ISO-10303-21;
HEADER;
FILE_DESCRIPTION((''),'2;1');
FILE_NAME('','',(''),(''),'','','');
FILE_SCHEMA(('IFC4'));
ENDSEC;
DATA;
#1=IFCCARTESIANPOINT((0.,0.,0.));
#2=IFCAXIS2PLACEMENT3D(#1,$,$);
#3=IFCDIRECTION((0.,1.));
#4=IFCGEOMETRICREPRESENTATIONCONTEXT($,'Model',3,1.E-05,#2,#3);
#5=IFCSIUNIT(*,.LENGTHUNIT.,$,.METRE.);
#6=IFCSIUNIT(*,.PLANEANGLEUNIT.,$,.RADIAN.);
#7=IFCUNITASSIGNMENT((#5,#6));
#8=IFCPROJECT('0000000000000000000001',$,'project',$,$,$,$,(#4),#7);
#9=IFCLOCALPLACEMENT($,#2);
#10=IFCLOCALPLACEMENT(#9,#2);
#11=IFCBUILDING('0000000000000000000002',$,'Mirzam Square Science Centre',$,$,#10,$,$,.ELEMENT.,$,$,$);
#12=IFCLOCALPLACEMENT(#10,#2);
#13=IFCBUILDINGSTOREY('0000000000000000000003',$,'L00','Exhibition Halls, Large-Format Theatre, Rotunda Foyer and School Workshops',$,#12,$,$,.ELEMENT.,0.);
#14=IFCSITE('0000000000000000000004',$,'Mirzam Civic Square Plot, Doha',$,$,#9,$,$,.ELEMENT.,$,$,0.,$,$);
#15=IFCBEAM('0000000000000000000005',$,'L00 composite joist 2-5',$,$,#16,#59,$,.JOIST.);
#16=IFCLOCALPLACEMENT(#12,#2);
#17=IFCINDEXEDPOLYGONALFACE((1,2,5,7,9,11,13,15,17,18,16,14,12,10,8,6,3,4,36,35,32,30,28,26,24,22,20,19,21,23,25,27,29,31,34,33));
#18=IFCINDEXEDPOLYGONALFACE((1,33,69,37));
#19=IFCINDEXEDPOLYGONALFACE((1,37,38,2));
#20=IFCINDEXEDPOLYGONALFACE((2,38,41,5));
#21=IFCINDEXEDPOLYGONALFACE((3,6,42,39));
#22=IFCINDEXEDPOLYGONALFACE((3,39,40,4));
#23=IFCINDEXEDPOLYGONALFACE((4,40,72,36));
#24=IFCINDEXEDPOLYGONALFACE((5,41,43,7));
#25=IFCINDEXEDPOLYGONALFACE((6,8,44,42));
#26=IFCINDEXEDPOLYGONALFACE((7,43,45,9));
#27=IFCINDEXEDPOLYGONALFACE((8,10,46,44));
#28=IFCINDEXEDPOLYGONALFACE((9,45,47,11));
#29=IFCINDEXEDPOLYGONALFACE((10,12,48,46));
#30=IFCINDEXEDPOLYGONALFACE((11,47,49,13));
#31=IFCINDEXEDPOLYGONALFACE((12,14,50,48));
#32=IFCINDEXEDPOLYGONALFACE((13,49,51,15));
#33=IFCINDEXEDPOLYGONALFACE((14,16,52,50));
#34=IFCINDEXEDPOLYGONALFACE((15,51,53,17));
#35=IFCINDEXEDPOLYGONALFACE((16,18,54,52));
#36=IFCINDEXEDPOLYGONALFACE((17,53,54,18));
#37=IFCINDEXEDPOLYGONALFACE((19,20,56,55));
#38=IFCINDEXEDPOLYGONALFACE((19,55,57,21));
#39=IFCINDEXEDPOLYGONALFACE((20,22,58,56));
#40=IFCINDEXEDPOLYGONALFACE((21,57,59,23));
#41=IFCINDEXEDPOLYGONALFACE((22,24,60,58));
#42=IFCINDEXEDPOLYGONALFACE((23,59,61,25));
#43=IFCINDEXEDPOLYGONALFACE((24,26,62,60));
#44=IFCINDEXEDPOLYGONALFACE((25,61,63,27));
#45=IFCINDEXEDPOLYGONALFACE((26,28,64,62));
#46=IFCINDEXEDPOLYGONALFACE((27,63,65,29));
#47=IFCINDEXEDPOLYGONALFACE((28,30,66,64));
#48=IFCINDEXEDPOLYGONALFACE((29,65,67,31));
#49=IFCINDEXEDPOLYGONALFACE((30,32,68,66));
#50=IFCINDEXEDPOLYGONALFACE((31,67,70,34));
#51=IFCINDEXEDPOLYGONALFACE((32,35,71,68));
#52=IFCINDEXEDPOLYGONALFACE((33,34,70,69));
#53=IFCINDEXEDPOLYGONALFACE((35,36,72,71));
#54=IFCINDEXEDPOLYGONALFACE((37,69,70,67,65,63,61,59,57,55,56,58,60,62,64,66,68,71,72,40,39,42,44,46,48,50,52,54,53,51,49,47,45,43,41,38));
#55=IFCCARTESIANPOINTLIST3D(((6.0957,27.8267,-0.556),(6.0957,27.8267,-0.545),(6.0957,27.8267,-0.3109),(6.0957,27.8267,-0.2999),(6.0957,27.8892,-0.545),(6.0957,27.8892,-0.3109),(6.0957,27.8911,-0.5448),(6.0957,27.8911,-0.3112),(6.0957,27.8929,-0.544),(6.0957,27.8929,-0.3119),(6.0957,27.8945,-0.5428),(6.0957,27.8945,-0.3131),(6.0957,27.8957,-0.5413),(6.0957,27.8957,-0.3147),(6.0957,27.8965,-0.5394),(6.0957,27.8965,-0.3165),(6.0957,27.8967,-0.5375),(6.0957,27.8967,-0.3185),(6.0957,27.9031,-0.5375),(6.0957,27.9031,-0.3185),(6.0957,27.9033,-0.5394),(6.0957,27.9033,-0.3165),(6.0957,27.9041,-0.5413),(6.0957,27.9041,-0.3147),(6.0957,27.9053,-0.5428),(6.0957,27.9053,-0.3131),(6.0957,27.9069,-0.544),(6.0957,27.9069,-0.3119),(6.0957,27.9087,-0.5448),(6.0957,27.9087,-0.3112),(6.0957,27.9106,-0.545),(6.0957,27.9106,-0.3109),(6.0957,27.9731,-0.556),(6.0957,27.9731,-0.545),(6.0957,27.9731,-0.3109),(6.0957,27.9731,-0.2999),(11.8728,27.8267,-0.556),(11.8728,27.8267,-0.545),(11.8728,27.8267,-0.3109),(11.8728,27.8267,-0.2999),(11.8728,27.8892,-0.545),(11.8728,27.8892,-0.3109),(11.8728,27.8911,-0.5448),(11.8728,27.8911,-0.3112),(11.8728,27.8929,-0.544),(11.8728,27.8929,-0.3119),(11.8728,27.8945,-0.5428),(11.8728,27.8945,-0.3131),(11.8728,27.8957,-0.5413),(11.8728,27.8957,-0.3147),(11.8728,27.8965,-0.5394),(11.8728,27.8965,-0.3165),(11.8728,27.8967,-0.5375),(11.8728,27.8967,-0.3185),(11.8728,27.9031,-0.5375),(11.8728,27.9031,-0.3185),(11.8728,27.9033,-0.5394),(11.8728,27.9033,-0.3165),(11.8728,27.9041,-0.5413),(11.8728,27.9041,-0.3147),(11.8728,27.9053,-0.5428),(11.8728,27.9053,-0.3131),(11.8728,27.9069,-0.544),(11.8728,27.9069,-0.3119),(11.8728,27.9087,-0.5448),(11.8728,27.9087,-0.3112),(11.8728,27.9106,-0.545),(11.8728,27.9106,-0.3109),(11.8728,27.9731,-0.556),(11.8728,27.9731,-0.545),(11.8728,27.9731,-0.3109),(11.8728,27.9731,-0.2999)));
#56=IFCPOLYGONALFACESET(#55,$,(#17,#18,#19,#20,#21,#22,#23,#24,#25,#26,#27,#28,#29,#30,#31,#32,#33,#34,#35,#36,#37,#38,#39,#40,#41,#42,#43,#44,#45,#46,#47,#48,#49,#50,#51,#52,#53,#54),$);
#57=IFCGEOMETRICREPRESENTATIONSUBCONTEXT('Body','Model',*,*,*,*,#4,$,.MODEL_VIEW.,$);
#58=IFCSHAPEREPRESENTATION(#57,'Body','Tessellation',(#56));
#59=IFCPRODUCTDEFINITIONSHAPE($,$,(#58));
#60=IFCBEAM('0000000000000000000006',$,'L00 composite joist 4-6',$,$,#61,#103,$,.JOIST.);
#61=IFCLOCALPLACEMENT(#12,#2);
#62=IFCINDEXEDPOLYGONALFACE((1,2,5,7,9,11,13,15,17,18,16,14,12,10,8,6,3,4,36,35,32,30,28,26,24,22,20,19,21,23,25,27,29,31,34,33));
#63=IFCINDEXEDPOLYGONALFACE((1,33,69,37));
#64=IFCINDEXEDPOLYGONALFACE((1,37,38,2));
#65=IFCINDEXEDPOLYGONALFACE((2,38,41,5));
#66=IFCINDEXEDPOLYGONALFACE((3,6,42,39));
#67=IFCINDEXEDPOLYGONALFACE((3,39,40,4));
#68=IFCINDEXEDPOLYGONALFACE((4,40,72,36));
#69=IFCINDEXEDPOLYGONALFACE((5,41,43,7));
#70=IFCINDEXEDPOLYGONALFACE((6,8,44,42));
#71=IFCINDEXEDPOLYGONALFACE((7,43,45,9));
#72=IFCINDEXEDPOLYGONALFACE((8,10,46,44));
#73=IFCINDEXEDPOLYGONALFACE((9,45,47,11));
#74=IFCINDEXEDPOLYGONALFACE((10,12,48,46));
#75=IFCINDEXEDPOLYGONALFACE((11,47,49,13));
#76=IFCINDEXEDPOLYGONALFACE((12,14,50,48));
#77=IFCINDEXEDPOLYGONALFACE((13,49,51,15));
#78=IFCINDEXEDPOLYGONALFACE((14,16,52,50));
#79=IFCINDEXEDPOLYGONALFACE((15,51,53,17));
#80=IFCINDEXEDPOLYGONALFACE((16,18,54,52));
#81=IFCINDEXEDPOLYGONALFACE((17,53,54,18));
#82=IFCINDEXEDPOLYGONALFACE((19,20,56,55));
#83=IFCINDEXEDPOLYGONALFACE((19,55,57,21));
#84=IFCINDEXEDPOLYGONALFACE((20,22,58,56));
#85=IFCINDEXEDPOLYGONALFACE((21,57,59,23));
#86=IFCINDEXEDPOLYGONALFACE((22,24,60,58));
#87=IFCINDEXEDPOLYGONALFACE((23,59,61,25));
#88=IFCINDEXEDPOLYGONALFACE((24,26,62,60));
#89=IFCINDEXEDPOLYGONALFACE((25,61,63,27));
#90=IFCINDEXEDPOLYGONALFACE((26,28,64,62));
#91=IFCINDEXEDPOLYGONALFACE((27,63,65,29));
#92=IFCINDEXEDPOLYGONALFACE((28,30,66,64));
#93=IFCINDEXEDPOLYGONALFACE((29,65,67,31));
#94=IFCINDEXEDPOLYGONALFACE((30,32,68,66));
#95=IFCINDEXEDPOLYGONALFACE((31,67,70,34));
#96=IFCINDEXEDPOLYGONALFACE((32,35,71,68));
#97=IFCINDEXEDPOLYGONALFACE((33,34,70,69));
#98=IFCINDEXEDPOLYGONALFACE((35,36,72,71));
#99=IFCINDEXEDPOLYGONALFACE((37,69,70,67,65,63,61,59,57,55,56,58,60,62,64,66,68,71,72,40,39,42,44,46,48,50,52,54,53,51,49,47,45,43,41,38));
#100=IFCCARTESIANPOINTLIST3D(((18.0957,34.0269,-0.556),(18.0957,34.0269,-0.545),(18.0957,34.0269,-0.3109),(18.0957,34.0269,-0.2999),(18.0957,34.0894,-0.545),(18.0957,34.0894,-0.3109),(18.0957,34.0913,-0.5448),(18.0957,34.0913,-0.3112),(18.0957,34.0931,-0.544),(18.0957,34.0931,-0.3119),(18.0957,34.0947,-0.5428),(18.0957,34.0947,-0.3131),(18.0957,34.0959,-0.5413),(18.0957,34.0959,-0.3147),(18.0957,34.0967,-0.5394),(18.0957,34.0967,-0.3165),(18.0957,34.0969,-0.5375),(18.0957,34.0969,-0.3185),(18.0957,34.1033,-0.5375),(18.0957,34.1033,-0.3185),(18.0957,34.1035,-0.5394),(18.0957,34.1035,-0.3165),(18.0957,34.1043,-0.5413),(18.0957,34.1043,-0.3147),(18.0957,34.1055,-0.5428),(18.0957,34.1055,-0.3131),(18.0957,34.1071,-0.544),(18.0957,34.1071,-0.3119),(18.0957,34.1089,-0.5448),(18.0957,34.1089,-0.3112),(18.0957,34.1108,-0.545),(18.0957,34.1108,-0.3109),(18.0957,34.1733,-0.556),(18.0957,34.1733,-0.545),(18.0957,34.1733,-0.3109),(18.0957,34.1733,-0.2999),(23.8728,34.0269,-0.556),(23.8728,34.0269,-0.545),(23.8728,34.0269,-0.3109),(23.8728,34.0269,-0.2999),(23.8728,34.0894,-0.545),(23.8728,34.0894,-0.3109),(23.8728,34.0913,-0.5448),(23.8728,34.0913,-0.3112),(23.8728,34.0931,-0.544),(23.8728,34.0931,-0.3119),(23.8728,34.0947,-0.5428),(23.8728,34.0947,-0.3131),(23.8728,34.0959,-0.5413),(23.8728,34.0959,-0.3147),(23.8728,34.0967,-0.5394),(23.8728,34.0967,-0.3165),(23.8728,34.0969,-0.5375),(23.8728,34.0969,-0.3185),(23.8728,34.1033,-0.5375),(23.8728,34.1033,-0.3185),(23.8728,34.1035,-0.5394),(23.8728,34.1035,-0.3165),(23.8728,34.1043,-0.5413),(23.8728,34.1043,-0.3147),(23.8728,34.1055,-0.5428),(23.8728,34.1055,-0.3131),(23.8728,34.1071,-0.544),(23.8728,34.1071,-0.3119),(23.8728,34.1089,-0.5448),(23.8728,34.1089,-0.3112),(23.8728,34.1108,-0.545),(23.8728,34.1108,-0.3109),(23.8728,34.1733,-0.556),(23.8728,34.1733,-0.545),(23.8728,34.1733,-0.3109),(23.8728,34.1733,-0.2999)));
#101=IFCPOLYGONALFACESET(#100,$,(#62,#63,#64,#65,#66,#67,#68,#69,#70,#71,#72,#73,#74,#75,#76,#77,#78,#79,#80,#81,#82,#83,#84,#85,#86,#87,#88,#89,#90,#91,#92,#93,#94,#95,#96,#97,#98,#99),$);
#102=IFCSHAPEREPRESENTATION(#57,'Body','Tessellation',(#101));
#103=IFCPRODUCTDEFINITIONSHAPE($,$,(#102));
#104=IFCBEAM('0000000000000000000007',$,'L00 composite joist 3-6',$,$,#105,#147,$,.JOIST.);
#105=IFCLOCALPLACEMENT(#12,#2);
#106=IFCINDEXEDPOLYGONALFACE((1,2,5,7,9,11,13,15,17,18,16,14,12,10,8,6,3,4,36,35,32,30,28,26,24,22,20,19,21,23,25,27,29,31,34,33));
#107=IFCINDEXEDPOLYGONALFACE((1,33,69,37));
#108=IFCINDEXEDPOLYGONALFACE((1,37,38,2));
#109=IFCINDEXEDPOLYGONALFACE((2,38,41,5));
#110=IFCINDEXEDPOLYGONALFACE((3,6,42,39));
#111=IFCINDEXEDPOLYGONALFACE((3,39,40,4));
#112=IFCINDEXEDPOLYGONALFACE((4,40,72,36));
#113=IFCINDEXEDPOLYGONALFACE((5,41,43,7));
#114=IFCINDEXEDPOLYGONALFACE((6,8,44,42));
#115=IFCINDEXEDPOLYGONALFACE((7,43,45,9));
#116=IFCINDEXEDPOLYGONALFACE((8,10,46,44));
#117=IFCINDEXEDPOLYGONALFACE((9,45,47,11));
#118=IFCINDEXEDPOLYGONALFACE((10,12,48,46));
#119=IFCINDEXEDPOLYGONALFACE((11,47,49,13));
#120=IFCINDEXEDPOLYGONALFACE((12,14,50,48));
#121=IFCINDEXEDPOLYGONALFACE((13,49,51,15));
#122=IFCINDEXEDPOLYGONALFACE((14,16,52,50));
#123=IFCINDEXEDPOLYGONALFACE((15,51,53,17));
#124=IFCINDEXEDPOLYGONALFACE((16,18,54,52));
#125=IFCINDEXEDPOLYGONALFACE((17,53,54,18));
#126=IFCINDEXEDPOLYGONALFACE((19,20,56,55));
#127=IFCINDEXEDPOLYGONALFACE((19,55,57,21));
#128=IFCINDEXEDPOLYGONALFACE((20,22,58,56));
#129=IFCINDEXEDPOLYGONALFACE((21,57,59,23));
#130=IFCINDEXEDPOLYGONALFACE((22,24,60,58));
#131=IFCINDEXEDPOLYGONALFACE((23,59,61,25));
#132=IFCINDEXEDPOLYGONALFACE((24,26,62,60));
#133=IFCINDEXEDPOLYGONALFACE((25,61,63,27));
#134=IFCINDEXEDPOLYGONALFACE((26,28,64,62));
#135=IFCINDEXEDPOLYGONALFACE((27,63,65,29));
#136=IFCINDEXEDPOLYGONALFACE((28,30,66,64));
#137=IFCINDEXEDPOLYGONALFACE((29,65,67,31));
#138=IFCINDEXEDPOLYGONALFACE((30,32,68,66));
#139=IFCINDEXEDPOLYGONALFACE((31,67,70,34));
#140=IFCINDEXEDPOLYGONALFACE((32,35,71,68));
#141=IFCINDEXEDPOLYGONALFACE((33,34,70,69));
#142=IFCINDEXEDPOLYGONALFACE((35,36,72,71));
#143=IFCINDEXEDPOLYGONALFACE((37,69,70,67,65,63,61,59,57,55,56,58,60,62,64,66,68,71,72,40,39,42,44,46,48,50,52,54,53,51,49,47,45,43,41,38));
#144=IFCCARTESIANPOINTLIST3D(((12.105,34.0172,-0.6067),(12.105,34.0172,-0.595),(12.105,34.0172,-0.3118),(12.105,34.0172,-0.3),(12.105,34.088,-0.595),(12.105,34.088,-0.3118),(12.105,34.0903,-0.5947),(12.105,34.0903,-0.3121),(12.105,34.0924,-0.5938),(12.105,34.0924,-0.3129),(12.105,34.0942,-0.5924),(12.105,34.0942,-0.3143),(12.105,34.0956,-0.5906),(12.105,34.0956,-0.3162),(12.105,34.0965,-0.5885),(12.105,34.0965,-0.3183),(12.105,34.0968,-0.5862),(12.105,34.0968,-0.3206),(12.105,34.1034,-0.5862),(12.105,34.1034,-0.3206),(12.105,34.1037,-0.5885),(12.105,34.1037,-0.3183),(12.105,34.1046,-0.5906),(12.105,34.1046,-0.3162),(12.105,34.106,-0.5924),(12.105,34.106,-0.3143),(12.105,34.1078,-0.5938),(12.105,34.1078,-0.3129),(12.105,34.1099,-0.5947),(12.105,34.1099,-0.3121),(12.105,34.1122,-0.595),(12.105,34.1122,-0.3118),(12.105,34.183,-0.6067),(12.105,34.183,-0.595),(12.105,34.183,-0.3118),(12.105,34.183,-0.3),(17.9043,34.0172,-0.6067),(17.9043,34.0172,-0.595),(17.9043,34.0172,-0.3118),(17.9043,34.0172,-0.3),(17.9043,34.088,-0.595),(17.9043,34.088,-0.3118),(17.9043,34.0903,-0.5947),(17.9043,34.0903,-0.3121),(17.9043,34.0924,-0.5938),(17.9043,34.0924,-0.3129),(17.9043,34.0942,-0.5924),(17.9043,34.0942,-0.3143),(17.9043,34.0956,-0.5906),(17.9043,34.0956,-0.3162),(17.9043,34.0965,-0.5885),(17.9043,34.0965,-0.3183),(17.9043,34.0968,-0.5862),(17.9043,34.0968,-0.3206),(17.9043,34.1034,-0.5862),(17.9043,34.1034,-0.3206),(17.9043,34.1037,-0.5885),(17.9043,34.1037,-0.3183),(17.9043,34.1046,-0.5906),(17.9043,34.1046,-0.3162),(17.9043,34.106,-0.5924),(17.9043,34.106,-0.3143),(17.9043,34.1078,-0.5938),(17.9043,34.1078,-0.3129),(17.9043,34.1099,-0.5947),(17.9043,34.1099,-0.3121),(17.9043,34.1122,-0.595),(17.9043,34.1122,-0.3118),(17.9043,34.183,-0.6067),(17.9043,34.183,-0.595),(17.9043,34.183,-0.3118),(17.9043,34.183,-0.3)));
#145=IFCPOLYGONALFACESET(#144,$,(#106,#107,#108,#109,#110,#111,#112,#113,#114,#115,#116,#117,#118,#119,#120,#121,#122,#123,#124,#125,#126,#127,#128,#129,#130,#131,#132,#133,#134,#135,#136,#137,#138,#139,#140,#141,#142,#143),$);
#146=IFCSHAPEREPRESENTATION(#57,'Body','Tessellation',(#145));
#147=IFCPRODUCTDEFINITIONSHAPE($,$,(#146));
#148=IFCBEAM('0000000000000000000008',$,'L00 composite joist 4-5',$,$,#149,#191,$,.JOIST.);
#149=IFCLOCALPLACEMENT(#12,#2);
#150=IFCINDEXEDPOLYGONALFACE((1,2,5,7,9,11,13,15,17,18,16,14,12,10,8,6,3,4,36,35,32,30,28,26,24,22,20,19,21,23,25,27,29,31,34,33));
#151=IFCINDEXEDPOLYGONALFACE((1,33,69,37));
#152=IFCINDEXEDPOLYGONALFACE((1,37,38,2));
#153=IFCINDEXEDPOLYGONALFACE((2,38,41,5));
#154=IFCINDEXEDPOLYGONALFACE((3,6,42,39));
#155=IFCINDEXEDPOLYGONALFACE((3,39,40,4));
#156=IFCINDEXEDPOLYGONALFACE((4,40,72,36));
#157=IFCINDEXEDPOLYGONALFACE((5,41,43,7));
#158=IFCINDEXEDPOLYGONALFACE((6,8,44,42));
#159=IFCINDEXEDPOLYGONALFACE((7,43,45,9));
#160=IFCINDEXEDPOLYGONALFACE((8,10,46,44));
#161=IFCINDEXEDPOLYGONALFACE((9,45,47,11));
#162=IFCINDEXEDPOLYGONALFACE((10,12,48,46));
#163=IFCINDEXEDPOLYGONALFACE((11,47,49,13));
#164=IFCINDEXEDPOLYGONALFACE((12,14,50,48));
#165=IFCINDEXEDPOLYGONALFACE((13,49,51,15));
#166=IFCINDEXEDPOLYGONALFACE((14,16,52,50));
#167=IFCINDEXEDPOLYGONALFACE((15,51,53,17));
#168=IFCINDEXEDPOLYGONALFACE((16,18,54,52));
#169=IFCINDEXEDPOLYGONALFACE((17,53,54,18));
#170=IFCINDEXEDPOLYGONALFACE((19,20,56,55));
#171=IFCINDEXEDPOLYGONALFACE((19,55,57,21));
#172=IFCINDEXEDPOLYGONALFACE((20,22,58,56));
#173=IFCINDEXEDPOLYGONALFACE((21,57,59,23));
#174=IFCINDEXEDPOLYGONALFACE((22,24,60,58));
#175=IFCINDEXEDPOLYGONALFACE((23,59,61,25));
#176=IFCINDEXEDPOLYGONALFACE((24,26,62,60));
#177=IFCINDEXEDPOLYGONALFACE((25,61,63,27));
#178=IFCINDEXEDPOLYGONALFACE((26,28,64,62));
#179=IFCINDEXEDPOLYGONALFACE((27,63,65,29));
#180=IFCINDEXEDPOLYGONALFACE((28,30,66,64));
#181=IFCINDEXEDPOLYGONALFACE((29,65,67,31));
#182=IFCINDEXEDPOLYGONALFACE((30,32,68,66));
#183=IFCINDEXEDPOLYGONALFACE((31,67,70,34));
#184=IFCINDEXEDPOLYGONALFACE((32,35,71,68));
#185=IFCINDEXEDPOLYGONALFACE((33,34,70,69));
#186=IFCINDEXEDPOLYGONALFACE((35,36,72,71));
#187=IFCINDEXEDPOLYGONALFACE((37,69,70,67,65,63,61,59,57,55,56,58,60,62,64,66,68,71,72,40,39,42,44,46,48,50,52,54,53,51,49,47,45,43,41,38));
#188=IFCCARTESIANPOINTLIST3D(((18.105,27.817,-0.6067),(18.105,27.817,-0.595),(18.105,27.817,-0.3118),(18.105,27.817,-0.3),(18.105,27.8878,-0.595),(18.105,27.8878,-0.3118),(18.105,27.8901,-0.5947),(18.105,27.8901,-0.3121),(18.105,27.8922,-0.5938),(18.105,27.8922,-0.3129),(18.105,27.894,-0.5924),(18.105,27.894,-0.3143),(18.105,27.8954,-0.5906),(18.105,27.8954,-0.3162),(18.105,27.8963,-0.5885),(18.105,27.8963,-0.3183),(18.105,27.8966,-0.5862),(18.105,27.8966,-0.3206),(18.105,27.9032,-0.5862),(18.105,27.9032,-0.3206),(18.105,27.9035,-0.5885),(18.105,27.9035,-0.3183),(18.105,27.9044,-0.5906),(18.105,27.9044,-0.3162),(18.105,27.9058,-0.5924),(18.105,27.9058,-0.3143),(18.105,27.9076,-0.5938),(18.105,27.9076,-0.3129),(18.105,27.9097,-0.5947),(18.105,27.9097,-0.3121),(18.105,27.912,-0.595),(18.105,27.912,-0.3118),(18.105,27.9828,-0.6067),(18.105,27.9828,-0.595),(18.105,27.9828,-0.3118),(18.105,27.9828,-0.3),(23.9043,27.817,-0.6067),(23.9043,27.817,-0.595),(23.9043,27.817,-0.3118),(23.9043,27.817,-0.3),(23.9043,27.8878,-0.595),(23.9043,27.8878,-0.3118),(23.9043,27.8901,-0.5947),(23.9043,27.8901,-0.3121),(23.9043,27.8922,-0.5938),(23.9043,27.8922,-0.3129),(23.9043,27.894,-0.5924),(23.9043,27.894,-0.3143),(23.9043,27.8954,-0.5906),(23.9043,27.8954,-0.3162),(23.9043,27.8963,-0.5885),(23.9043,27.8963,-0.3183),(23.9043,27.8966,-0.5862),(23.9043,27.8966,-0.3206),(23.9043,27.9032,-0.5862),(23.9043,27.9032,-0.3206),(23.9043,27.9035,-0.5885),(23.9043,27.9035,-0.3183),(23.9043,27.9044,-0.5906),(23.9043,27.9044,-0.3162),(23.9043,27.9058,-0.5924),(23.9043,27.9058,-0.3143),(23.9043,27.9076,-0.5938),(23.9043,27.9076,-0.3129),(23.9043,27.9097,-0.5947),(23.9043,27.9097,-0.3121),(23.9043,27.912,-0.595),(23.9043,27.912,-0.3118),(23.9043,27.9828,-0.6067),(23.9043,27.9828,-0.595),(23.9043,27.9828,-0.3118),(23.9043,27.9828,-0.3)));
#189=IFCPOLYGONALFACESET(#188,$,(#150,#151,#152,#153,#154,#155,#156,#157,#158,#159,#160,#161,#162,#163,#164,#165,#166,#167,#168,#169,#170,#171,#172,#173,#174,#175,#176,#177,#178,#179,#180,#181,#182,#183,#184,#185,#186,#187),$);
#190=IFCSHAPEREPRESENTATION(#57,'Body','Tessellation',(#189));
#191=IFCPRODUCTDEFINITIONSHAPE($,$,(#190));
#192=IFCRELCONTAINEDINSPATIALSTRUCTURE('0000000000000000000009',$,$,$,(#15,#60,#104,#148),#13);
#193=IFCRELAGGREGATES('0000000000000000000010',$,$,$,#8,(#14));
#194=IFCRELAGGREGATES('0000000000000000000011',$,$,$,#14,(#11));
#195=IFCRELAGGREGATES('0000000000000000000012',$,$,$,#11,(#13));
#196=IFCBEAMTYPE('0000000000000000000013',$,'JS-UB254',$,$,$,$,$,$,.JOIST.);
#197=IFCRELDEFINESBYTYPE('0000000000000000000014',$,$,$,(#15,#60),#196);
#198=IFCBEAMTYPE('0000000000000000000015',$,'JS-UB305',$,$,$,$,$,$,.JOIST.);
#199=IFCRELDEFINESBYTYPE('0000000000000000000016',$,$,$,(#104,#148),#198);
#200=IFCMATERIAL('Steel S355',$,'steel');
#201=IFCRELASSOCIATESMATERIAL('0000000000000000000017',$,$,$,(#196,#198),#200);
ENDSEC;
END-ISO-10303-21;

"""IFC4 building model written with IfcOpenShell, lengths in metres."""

from ifc_helpers import new_model, si_unit, direction, frame, origin, origin_2d, place, context, subcontext, project, spatial, i_section, extrude, material, material_profile, profile_set, type_object, element, save


model = new_model("IFC4")

# Units and contexts
model_context = context("Model", 3, precision=1e-05, world=origin(), true_north=direction((0.0, 1.0)))
body_context = subcontext(model_context, "Body", "Model", "MODEL_VIEW")
ifc_project = project(units=[si_unit("LENGTHUNIT", "METRE"), si_unit("PLANEANGLEUNIT", "RADIAN")], contexts=[model_context])

# Site, building, storey
site_placement = place(None, origin())
site = spatial("IfcSite", under=ifc_project, at=site_placement, Name="Mirzam Civic Square Plot, Doha", CompositionType="ELEMENT", RefElevation=0.0)
building_placement = place(site_placement, origin())
building = spatial("IfcBuilding", under=site, at=building_placement, Name="Mirzam Square Science Centre", CompositionType="ELEMENT")
storey_placement = place(building_placement, origin())
storey = spatial("IfcBuildingStorey", under=building, at=storey_placement, Name="L00", Description="Exhibition Halls, Large-Format Theatre, Rotunda Foyer and School Workshops", CompositionType="ELEMENT", Elevation=0.0)

# Shared definitions
ifc_material_1 = material(Name="Steel S355", Category="steel")

# Beams
ifc_material_profile_1 = material_profile(ifc_material_1, i_section(OverallWidth=0.1465, OverallDepth=0.2561, WebThickness=0.0063, FlangeThickness=0.011, FilletRadius=0.0076, at=origin_2d()), Name="254x146x37UB")
ifc_profile_set_1 = profile_set([ifc_material_profile_1], Name="Steel S355")
beam_type_1 = type_object("IfcBeamType", Name="JS-UB254", PredefinedType="JOIST", material=ifc_profile_set_1)
for number, where, z_axis, x_axis, name in (
    (1, (6.0957, 27.8999, -0.428), (1.0, 0.0, 0.0), (0.0, 1.0, 0.0), "L00 composite joist 2-5"),
    (2, (18.0957, 34.1001, -0.428), (1.0, 0.0, 0.0), (0.0, 1.0, 0.0), "L00 composite joist 4-6"),
):
    element("IfcBeam", number, at=place(storey_placement, frame(where, z_axis=z_axis, x_axis=x_axis)), inside=storey, type_object=beam_type_1, Name=name, PredefinedType="JOIST", context=body_context, shape_type="SweptSolid", body=[
        extrude(i_section(OverallWidth=0.1465, OverallDepth=0.2561, WebThickness=0.0063, FlangeThickness=0.011, FilletRadius=0.0076, at=origin_2d()), origin(), (0.0, 0.0, 1.0), 5.7771),
    ])
ifc_material_profile_2 = material_profile(ifc_material_1, i_section(OverallWidth=0.1658, OverallDepth=0.3066, WebThickness=0.0066, FlangeThickness=0.0117, FilletRadius=0.0088, at=origin_2d()), Name="305x165x46UB")
ifc_profile_set_2 = profile_set([ifc_material_profile_2], Name="Steel S355")
beam_type_2 = type_object("IfcBeamType", Name="JS-UB305", PredefinedType="JOIST", material=ifc_profile_set_2)
for number, where, z_axis, x_axis, name in (
    (3, (12.105, 34.1001, -0.4534), (1.0, 0.0, 0.0), (0.0, 1.0, 0.0), "L00 composite joist 3-6"),
    (4, (18.105, 27.8999, -0.4534), (1.0, 0.0, 0.0), (0.0, 1.0, 0.0), "L00 composite joist 4-5"),
):
    element("IfcBeam", number, at=place(storey_placement, frame(where, z_axis=z_axis, x_axis=x_axis)), inside=storey, type_object=beam_type_2, Name=name, PredefinedType="JOIST", context=body_context, shape_type="SweptSolid", body=[
        extrude(i_section(OverallWidth=0.1658, OverallDepth=0.3066, WebThickness=0.0066, FlangeThickness=0.0117, FilletRadius=0.0088, at=origin_2d()), origin(), (0.0, 0.0, 1.0), 5.7993),
    ])

save(model, "model.ifc")
